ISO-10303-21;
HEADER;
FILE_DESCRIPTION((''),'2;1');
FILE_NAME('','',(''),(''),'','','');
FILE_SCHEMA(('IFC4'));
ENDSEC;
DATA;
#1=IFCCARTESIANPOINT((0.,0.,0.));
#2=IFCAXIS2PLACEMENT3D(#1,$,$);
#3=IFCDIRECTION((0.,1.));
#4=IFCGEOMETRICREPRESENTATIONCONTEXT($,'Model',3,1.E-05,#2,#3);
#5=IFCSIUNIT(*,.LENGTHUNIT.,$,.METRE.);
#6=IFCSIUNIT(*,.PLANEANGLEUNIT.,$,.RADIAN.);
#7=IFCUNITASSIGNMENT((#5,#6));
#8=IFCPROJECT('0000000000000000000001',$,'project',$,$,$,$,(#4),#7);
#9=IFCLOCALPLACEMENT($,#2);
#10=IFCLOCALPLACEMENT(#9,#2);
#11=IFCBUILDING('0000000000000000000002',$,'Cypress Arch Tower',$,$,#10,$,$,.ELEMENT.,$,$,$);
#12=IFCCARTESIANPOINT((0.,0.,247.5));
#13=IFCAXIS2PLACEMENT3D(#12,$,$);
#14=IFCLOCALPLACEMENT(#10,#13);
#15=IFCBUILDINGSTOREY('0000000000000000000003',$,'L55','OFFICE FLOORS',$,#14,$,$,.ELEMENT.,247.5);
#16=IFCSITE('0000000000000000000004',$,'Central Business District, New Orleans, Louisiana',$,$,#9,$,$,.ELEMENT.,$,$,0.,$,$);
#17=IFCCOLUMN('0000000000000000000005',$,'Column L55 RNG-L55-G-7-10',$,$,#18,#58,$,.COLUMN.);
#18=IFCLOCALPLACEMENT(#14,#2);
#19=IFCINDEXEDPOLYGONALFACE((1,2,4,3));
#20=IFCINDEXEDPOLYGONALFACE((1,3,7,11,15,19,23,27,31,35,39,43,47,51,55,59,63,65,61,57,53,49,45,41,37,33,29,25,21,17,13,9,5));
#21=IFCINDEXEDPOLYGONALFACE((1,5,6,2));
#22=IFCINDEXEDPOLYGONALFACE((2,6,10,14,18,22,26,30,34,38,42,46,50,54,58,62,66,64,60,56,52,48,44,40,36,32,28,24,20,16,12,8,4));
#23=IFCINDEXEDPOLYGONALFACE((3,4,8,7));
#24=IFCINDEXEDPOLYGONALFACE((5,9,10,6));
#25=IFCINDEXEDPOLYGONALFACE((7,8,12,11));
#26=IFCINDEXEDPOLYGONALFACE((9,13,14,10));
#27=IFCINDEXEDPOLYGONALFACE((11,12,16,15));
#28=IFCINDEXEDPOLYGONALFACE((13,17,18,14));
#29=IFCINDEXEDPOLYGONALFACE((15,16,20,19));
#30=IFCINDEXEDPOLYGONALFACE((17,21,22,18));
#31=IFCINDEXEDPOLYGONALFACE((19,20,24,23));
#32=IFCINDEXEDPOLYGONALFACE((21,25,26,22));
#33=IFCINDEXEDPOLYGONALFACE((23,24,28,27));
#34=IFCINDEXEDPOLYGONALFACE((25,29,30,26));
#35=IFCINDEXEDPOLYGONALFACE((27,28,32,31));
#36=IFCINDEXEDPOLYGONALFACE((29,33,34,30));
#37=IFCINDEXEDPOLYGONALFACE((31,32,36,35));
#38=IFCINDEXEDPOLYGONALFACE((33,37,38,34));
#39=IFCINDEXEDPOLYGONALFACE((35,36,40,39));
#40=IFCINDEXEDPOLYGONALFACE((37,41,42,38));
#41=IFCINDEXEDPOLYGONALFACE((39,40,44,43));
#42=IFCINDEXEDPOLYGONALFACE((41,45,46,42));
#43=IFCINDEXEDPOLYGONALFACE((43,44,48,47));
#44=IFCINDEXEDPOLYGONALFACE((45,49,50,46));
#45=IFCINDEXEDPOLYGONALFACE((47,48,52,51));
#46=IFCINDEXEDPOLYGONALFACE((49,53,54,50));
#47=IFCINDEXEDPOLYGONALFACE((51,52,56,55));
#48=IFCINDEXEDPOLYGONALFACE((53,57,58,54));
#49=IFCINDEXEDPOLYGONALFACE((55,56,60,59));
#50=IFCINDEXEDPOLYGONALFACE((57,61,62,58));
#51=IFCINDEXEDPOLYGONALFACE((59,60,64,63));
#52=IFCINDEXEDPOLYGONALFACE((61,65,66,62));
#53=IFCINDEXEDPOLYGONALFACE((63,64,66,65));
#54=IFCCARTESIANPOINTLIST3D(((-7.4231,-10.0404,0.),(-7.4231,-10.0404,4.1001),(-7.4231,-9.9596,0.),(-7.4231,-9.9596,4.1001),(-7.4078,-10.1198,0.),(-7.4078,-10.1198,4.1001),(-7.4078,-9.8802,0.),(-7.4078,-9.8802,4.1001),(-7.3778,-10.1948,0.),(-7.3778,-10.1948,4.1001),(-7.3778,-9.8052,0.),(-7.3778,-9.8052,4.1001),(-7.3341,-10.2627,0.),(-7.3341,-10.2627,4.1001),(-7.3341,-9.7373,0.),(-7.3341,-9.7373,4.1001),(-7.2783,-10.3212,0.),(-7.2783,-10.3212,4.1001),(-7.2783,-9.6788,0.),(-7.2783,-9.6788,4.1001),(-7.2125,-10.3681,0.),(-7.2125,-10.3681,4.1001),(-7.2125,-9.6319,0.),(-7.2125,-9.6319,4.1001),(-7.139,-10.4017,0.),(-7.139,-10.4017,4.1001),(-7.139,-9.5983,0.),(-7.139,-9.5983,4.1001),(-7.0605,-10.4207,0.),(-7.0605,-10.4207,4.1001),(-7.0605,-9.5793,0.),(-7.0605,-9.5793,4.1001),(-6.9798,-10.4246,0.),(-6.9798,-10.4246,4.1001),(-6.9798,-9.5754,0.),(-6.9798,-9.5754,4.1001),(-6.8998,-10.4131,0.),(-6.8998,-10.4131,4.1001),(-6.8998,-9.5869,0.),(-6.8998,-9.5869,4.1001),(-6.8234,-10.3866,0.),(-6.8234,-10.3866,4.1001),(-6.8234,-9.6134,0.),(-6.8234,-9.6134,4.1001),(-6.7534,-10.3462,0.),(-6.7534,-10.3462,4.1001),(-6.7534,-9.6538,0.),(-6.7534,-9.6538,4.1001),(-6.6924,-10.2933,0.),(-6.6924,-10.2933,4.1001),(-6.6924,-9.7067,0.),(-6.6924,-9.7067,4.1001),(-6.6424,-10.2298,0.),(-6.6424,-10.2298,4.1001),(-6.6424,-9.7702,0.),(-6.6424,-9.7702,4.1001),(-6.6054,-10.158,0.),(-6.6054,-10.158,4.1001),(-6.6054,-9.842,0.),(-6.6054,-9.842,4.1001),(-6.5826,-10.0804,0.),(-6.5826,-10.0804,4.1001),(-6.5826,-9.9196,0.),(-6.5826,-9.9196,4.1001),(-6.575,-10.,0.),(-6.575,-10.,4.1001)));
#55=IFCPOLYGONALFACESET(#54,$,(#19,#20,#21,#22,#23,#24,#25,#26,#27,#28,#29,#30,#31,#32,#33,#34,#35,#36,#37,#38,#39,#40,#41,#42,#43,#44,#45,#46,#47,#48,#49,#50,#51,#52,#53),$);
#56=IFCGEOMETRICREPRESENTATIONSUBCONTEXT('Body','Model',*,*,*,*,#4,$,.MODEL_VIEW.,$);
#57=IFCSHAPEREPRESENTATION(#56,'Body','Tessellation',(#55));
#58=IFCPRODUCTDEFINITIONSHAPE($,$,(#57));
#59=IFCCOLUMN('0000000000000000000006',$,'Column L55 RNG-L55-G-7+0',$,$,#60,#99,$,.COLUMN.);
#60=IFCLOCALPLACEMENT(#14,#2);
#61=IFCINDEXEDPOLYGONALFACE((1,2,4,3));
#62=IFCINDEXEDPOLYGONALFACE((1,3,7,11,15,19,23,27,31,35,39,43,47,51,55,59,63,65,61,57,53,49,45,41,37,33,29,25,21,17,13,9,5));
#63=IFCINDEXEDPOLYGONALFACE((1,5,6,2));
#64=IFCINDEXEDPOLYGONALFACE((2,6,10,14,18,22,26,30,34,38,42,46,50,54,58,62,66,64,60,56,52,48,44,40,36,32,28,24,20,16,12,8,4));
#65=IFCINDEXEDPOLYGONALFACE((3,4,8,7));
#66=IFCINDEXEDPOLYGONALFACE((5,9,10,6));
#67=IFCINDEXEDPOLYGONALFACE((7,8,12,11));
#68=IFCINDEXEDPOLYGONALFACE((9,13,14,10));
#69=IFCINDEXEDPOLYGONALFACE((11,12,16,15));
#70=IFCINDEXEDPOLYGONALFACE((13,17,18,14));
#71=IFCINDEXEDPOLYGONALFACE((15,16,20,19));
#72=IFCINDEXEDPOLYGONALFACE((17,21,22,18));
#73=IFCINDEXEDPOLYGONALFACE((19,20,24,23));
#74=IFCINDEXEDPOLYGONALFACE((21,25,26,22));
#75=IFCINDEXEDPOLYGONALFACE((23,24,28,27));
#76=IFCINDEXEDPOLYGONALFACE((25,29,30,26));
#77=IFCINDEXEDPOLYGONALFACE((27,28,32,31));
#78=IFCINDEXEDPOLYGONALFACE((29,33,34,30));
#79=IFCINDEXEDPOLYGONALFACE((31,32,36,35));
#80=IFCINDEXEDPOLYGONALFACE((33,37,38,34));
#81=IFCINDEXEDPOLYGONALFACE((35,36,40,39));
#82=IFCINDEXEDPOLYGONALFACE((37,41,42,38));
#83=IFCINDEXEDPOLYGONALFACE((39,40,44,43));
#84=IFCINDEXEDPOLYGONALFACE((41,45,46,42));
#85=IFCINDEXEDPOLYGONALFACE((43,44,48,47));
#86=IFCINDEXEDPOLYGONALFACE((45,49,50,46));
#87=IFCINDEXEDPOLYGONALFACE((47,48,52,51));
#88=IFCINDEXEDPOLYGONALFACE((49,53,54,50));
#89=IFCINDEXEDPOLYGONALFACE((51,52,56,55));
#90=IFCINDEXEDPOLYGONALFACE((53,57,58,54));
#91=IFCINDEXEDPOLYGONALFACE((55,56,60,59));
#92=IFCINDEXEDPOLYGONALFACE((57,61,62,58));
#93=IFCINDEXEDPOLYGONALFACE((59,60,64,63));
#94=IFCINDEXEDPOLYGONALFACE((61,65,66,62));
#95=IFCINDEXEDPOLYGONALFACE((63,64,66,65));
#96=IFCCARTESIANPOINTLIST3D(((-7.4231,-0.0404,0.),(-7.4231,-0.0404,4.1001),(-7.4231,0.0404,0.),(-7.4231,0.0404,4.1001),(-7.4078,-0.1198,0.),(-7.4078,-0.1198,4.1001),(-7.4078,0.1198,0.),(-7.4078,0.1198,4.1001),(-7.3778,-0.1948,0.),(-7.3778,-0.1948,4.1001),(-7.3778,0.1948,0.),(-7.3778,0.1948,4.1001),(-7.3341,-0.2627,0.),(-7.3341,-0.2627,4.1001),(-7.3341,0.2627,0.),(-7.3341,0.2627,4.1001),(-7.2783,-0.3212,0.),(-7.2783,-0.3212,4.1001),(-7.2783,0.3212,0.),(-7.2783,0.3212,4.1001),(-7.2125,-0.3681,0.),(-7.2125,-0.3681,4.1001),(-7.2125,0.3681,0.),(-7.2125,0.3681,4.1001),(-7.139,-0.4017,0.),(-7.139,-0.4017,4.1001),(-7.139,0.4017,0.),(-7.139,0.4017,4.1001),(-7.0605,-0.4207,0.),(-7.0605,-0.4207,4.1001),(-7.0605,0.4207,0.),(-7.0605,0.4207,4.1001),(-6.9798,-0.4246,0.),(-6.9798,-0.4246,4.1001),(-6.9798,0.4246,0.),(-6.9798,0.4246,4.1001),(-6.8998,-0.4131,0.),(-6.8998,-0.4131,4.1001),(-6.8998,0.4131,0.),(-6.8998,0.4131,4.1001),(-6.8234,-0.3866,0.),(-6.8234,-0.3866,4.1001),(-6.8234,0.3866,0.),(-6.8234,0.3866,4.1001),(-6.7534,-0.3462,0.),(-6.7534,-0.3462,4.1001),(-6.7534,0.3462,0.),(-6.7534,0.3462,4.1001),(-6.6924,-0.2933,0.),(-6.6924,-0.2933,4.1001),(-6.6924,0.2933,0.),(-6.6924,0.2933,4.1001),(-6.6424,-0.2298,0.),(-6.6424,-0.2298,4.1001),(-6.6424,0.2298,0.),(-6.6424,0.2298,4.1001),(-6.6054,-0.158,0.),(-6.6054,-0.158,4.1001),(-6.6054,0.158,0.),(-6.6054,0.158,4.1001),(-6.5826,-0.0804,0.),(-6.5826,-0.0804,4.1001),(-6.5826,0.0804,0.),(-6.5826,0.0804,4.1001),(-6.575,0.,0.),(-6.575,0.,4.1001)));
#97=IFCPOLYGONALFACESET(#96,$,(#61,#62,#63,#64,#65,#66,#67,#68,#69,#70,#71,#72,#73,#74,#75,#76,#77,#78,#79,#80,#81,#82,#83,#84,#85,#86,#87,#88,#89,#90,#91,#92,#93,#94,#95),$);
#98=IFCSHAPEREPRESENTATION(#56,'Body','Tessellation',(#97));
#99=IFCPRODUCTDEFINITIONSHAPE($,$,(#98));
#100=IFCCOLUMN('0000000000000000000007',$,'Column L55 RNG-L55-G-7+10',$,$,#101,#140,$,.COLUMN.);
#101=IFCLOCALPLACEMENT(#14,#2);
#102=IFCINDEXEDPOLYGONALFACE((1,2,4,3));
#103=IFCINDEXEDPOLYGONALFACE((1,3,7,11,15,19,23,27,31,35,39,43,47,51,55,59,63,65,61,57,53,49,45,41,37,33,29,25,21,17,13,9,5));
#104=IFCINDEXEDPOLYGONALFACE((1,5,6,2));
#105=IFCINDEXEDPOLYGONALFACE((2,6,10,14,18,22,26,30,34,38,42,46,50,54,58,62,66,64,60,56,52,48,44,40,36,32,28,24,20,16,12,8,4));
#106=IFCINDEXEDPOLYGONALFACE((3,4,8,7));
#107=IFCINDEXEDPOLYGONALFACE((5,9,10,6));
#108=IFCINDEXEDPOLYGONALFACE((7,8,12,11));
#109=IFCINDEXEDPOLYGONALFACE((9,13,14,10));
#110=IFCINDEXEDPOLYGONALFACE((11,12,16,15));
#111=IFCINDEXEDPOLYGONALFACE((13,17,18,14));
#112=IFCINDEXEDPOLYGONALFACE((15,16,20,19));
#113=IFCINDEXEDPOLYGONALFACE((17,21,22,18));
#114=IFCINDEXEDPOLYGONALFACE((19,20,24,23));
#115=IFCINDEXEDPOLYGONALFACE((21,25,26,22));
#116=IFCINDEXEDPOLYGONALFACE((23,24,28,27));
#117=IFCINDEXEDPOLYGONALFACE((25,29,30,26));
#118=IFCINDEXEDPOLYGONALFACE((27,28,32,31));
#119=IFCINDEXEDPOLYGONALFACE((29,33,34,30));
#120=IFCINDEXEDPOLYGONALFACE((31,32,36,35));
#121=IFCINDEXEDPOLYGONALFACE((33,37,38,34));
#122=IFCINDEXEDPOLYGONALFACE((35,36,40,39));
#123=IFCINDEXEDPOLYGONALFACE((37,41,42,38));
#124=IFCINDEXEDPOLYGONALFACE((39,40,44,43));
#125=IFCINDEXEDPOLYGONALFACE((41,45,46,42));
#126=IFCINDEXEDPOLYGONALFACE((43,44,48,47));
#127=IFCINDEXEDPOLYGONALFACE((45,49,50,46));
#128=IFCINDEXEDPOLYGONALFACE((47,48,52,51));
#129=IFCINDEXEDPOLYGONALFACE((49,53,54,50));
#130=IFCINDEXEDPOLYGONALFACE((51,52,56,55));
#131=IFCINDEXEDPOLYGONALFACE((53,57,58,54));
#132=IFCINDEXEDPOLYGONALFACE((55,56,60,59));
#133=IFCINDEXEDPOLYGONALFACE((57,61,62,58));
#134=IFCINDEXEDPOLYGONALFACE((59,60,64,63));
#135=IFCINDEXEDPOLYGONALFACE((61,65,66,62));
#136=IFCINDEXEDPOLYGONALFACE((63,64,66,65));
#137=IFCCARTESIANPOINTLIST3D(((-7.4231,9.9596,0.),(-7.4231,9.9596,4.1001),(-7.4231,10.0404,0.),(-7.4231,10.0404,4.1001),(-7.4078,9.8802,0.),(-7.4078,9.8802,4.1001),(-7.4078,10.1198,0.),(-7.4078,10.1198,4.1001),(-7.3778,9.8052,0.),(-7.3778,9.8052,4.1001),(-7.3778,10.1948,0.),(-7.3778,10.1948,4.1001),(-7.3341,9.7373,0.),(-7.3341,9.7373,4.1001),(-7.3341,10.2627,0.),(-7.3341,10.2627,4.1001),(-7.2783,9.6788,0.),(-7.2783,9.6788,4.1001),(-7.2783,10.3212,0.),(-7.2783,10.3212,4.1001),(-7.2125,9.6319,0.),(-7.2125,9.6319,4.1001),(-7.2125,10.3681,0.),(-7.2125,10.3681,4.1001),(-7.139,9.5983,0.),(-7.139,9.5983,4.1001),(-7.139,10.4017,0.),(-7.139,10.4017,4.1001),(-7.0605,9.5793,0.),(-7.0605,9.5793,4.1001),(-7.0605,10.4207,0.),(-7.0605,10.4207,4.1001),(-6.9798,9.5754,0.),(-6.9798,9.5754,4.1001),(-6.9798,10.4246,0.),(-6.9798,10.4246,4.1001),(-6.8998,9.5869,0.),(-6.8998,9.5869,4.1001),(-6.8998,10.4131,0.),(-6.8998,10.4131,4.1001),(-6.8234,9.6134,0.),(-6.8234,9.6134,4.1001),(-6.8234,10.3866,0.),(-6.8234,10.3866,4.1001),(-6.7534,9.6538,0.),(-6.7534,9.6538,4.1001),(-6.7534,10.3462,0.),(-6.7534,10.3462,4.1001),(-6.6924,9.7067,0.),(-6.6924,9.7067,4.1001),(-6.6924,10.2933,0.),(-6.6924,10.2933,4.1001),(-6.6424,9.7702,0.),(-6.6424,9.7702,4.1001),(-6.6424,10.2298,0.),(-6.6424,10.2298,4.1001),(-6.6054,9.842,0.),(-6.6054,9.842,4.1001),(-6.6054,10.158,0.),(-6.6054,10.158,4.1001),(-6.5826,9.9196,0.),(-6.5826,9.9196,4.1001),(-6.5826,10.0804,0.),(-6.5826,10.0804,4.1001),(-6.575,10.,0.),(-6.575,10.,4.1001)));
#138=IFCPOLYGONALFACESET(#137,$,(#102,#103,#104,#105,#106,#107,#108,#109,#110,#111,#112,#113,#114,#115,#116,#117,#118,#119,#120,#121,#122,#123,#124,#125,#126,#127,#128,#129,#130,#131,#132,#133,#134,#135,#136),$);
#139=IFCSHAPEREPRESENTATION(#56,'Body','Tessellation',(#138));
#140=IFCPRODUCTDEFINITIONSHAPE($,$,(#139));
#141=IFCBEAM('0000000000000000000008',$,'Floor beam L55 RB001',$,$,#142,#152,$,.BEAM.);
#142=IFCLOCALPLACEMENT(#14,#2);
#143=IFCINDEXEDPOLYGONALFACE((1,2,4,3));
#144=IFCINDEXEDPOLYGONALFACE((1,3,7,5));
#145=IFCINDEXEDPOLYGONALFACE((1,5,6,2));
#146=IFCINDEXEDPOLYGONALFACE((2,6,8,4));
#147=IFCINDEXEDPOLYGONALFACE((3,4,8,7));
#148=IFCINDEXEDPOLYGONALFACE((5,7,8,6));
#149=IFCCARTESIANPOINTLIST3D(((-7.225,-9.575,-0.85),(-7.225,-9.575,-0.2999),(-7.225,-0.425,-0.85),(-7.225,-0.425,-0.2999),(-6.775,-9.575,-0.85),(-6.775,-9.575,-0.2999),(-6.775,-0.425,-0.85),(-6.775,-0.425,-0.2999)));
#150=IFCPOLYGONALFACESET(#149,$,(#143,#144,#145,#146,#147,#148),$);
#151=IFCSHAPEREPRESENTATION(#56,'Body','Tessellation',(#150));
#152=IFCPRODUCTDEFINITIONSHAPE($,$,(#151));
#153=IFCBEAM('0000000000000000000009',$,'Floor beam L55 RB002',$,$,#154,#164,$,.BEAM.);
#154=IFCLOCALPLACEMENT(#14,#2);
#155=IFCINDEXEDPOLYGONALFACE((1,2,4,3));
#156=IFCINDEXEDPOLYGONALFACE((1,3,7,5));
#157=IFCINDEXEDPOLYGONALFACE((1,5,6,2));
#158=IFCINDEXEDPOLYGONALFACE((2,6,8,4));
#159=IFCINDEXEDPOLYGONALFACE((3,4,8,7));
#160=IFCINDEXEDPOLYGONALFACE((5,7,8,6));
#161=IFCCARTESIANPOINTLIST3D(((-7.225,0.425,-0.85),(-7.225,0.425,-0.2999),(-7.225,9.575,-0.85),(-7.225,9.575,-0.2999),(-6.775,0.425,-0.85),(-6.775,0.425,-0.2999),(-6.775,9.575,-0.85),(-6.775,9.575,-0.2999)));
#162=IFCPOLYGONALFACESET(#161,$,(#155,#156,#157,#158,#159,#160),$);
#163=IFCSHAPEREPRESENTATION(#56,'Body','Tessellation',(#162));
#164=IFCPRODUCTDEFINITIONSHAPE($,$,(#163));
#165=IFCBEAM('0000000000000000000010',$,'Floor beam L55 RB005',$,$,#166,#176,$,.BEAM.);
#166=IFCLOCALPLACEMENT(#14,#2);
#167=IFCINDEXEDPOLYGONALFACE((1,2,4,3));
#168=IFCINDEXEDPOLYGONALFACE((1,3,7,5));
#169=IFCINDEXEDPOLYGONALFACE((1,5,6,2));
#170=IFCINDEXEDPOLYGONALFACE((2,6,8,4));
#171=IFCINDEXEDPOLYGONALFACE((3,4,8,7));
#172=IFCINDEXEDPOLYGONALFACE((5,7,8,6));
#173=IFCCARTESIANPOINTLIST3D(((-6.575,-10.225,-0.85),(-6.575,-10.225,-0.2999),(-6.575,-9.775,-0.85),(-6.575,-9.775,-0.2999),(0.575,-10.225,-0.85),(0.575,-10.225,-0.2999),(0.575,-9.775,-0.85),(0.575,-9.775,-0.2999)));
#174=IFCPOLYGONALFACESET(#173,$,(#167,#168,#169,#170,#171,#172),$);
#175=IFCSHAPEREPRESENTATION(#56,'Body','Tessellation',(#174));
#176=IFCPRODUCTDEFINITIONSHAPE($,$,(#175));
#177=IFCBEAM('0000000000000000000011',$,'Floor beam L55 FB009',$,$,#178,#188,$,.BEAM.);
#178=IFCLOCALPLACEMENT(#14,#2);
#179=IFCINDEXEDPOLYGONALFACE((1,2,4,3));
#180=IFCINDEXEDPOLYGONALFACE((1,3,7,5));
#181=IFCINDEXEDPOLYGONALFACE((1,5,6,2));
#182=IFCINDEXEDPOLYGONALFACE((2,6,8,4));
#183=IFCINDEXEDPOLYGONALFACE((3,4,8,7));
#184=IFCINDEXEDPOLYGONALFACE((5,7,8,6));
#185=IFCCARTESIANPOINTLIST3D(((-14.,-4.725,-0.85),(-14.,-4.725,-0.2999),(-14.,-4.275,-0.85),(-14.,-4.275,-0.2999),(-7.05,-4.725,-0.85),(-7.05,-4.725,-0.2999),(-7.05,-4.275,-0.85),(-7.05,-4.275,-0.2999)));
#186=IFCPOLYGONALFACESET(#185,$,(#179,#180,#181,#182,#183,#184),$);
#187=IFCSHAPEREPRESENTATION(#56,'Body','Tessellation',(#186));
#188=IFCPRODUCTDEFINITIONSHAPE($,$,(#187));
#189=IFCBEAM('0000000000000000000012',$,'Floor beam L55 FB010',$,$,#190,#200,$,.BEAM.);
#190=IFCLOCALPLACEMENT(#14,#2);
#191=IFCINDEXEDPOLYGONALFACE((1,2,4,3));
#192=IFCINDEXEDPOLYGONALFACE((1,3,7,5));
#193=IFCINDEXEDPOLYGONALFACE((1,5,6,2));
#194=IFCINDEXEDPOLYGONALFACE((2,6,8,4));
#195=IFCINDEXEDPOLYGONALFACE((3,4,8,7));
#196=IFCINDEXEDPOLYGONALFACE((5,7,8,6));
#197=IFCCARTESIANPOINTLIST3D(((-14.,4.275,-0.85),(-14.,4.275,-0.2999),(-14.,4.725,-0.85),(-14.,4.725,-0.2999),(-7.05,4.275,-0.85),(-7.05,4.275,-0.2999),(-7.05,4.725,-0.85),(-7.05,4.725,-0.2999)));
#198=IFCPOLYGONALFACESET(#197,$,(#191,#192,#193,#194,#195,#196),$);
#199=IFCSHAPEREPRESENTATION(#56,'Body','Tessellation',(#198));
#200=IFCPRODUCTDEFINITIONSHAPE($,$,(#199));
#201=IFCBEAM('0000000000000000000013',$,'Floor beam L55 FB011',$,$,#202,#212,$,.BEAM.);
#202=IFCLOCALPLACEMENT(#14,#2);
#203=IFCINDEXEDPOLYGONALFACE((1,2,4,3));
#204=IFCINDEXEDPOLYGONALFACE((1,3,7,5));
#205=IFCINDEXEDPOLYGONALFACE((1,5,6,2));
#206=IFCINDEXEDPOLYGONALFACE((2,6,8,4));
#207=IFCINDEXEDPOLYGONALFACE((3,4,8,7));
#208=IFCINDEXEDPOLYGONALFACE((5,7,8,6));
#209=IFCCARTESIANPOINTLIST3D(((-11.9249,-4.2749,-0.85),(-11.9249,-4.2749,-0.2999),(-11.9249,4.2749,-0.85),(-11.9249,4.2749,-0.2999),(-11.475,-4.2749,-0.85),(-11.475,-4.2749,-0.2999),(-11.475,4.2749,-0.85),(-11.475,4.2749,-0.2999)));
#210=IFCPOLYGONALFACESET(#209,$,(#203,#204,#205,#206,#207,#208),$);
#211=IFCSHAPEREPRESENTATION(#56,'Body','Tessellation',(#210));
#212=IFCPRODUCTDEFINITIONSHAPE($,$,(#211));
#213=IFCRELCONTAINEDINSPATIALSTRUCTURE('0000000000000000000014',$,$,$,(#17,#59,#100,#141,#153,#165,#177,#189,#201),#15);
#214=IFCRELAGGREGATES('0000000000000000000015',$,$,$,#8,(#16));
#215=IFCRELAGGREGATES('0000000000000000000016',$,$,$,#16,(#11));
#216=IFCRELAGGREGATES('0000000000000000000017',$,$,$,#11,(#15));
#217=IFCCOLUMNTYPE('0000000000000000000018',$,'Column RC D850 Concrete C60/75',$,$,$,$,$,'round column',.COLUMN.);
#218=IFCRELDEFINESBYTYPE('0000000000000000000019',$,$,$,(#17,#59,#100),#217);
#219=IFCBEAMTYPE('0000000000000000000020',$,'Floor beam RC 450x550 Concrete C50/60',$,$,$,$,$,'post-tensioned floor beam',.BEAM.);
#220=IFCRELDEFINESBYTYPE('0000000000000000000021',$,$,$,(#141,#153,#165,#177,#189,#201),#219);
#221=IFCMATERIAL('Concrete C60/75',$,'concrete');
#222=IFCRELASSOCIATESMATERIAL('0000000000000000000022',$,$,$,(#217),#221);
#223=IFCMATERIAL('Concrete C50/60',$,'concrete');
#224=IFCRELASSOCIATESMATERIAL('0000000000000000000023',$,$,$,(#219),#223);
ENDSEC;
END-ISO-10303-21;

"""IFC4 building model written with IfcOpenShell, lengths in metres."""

from ifc_helpers import new_model, si_unit, direction, frame, origin, origin_2d, place, context, subcontext, project, spatial, rectangle, circle, extrude, material, material_profile, profile_set, type_object, element, save


model = new_model("IFC4")

# Units and contexts
model_context = context("Model", 3, precision=1e-05, world=origin(), true_north=direction((0.0, 1.0)))
body_context = subcontext(model_context, "Body", "Model", "MODEL_VIEW")
ifc_project = project(units=[si_unit("LENGTHUNIT", "METRE"), si_unit("PLANEANGLEUNIT", "RADIAN")], contexts=[model_context])

# Site, building, storey
site_placement = place(None, origin())
site = spatial("IfcSite", under=ifc_project, at=site_placement, Name="Central Business District, New Orleans, Louisiana", CompositionType="ELEMENT", RefElevation=0.0)
building_placement = place(site_placement, origin())
building = spatial("IfcBuilding", under=site, at=building_placement, Name="Cypress Arch Tower", CompositionType="ELEMENT")
storey_placement = place(building_placement, frame((0.0, 0.0, 247.5)))
storey = spatial("IfcBuildingStorey", under=building, at=storey_placement, Name="L55", Description="OFFICE FLOORS", CompositionType="ELEMENT", Elevation=247.5)

# Columns
ifc_material_1 = material(Name="Concrete C60/75", Category="concrete")
ifc_material_profile_1 = material_profile(ifc_material_1, circle(Radius=0.425, at=origin_2d()), Name="RC D850")
ifc_profile_set_1 = profile_set([ifc_material_profile_1], Name="Concrete C60/75")
column_type = type_object("IfcColumnType", Name="Column RC D850 Concrete C60/75", ElementType="round column", PredefinedType="COLUMN", material=ifc_profile_set_1)
for number, where, z_axis, x_axis, name in (
    (1, (-7.0, -10.0, 0.0), (0.0, 0.0, 1.0), (1.0, 0.0, 0.0), "Column L55 RNG-L55-G-7-10"),
    (2, (-7.0, 0.0, 0.0), (0.0, 0.0, 1.0), (1.0, 0.0, 0.0), "Column L55 RNG-L55-G-7+0"),
    (3, (-7.0, 10.0, 0.0), (0.0, 0.0, 1.0), (1.0, 0.0, 0.0), "Column L55 RNG-L55-G-7+10"),
):
    element("IfcColumn", number, at=place(storey_placement, frame(where, z_axis=z_axis, x_axis=x_axis)), inside=storey, type_object=column_type, Name=name, PredefinedType="COLUMN", context=body_context, shape_type="SweptSolid", body=[
        extrude(circle(Radius=0.425, at=origin_2d()), origin(), (0.0, 0.0, 1.0), 4.1001),
    ])

# Beams
ifc_material_2 = material(Name="Concrete C50/60", Category="concrete")
ifc_material_profile_2 = material_profile(ifc_material_2, rectangle(XDim=0.45, YDim=0.55, at=origin_2d()), Name="RC 450x550")
ifc_profile_set_2 = profile_set([ifc_material_profile_2], Name="Concrete C50/60")
beam_type = type_object("IfcBeamType", Name="Floor beam RC 450x550 Concrete C50/60", ElementType="post-tensioned floor beam", PredefinedType="BEAM", material=ifc_profile_set_2)
for number, where, z_axis, x_axis, name in (
    (4, (-7.0, -9.575, -0.575), (0.0, 1.0, 0.0), (-1.0, 0.0, 0.0), "Floor beam L55 RB001"),
    (5, (-7.0, 0.425, -0.575), (0.0, 1.0, 0.0), (-1.0, 0.0, 0.0), "Floor beam L55 RB002"),
):
    element("IfcBeam", number, at=place(storey_placement, frame(where, z_axis=z_axis, x_axis=x_axis)), inside=storey, type_object=beam_type, Name=name, PredefinedType="BEAM", context=body_context, shape_type="SweptSolid", body=[
        extrude(rectangle(XDim=0.45, YDim=0.55, at=origin_2d()), origin(), (0.0, 0.0, 1.0), 9.1499),
    ])
beam_1_placement = place(storey_placement, frame((-6.575, -10.0, -0.575), z_axis=(1.0, 0.0, 0.0), x_axis=(0.0, 1.0, 0.0)))
element("IfcBeam", 6, at=beam_1_placement, inside=storey, type_object=beam_type, Name="Floor beam L55 RB005", PredefinedType="BEAM", context=body_context, shape_type="SweptSolid", body=[
    extrude(rectangle(XDim=0.45, YDim=0.55, at=origin_2d()), origin(), (0.0, 0.0, 1.0), 7.1499),
])
for number, where, z_axis, x_axis, name in (
    (7, (-14.0, -4.5, -0.575), (1.0, 0.0, 0.0), (0.0, 1.0, 0.0), "Floor beam L55 FB009"),
    (8, (-14.0, 4.5, -0.575), (1.0, 0.0, 0.0), (0.0, 1.0, 0.0), "Floor beam L55 FB010"),
):
    element("IfcBeam", number, at=place(storey_placement, frame(where, z_axis=z_axis, x_axis=x_axis)), inside=storey, type_object=beam_type, Name=name, PredefinedType="BEAM", context=body_context, shape_type="SweptSolid", body=[
        extrude(rectangle(XDim=0.45, YDim=0.55, at=origin_2d()), origin(), (0.0, 0.0, 1.0), 6.95),
    ])
beam_2_placement = place(storey_placement, frame((-11.7, -4.2749, -0.575), z_axis=(0.0, 1.0, 0.0), x_axis=(-1.0, 0.0, 0.0)))
element("IfcBeam", 9, at=beam_2_placement, inside=storey, type_object=beam_type, Name="Floor beam L55 FB011", PredefinedType="BEAM", context=body_context, shape_type="SweptSolid", body=[
    extrude(rectangle(XDim=0.45, YDim=0.55, at=origin_2d()), origin(), (0.0, 0.0, 1.0), 8.5498),
])

save(model, "model.ifc")
